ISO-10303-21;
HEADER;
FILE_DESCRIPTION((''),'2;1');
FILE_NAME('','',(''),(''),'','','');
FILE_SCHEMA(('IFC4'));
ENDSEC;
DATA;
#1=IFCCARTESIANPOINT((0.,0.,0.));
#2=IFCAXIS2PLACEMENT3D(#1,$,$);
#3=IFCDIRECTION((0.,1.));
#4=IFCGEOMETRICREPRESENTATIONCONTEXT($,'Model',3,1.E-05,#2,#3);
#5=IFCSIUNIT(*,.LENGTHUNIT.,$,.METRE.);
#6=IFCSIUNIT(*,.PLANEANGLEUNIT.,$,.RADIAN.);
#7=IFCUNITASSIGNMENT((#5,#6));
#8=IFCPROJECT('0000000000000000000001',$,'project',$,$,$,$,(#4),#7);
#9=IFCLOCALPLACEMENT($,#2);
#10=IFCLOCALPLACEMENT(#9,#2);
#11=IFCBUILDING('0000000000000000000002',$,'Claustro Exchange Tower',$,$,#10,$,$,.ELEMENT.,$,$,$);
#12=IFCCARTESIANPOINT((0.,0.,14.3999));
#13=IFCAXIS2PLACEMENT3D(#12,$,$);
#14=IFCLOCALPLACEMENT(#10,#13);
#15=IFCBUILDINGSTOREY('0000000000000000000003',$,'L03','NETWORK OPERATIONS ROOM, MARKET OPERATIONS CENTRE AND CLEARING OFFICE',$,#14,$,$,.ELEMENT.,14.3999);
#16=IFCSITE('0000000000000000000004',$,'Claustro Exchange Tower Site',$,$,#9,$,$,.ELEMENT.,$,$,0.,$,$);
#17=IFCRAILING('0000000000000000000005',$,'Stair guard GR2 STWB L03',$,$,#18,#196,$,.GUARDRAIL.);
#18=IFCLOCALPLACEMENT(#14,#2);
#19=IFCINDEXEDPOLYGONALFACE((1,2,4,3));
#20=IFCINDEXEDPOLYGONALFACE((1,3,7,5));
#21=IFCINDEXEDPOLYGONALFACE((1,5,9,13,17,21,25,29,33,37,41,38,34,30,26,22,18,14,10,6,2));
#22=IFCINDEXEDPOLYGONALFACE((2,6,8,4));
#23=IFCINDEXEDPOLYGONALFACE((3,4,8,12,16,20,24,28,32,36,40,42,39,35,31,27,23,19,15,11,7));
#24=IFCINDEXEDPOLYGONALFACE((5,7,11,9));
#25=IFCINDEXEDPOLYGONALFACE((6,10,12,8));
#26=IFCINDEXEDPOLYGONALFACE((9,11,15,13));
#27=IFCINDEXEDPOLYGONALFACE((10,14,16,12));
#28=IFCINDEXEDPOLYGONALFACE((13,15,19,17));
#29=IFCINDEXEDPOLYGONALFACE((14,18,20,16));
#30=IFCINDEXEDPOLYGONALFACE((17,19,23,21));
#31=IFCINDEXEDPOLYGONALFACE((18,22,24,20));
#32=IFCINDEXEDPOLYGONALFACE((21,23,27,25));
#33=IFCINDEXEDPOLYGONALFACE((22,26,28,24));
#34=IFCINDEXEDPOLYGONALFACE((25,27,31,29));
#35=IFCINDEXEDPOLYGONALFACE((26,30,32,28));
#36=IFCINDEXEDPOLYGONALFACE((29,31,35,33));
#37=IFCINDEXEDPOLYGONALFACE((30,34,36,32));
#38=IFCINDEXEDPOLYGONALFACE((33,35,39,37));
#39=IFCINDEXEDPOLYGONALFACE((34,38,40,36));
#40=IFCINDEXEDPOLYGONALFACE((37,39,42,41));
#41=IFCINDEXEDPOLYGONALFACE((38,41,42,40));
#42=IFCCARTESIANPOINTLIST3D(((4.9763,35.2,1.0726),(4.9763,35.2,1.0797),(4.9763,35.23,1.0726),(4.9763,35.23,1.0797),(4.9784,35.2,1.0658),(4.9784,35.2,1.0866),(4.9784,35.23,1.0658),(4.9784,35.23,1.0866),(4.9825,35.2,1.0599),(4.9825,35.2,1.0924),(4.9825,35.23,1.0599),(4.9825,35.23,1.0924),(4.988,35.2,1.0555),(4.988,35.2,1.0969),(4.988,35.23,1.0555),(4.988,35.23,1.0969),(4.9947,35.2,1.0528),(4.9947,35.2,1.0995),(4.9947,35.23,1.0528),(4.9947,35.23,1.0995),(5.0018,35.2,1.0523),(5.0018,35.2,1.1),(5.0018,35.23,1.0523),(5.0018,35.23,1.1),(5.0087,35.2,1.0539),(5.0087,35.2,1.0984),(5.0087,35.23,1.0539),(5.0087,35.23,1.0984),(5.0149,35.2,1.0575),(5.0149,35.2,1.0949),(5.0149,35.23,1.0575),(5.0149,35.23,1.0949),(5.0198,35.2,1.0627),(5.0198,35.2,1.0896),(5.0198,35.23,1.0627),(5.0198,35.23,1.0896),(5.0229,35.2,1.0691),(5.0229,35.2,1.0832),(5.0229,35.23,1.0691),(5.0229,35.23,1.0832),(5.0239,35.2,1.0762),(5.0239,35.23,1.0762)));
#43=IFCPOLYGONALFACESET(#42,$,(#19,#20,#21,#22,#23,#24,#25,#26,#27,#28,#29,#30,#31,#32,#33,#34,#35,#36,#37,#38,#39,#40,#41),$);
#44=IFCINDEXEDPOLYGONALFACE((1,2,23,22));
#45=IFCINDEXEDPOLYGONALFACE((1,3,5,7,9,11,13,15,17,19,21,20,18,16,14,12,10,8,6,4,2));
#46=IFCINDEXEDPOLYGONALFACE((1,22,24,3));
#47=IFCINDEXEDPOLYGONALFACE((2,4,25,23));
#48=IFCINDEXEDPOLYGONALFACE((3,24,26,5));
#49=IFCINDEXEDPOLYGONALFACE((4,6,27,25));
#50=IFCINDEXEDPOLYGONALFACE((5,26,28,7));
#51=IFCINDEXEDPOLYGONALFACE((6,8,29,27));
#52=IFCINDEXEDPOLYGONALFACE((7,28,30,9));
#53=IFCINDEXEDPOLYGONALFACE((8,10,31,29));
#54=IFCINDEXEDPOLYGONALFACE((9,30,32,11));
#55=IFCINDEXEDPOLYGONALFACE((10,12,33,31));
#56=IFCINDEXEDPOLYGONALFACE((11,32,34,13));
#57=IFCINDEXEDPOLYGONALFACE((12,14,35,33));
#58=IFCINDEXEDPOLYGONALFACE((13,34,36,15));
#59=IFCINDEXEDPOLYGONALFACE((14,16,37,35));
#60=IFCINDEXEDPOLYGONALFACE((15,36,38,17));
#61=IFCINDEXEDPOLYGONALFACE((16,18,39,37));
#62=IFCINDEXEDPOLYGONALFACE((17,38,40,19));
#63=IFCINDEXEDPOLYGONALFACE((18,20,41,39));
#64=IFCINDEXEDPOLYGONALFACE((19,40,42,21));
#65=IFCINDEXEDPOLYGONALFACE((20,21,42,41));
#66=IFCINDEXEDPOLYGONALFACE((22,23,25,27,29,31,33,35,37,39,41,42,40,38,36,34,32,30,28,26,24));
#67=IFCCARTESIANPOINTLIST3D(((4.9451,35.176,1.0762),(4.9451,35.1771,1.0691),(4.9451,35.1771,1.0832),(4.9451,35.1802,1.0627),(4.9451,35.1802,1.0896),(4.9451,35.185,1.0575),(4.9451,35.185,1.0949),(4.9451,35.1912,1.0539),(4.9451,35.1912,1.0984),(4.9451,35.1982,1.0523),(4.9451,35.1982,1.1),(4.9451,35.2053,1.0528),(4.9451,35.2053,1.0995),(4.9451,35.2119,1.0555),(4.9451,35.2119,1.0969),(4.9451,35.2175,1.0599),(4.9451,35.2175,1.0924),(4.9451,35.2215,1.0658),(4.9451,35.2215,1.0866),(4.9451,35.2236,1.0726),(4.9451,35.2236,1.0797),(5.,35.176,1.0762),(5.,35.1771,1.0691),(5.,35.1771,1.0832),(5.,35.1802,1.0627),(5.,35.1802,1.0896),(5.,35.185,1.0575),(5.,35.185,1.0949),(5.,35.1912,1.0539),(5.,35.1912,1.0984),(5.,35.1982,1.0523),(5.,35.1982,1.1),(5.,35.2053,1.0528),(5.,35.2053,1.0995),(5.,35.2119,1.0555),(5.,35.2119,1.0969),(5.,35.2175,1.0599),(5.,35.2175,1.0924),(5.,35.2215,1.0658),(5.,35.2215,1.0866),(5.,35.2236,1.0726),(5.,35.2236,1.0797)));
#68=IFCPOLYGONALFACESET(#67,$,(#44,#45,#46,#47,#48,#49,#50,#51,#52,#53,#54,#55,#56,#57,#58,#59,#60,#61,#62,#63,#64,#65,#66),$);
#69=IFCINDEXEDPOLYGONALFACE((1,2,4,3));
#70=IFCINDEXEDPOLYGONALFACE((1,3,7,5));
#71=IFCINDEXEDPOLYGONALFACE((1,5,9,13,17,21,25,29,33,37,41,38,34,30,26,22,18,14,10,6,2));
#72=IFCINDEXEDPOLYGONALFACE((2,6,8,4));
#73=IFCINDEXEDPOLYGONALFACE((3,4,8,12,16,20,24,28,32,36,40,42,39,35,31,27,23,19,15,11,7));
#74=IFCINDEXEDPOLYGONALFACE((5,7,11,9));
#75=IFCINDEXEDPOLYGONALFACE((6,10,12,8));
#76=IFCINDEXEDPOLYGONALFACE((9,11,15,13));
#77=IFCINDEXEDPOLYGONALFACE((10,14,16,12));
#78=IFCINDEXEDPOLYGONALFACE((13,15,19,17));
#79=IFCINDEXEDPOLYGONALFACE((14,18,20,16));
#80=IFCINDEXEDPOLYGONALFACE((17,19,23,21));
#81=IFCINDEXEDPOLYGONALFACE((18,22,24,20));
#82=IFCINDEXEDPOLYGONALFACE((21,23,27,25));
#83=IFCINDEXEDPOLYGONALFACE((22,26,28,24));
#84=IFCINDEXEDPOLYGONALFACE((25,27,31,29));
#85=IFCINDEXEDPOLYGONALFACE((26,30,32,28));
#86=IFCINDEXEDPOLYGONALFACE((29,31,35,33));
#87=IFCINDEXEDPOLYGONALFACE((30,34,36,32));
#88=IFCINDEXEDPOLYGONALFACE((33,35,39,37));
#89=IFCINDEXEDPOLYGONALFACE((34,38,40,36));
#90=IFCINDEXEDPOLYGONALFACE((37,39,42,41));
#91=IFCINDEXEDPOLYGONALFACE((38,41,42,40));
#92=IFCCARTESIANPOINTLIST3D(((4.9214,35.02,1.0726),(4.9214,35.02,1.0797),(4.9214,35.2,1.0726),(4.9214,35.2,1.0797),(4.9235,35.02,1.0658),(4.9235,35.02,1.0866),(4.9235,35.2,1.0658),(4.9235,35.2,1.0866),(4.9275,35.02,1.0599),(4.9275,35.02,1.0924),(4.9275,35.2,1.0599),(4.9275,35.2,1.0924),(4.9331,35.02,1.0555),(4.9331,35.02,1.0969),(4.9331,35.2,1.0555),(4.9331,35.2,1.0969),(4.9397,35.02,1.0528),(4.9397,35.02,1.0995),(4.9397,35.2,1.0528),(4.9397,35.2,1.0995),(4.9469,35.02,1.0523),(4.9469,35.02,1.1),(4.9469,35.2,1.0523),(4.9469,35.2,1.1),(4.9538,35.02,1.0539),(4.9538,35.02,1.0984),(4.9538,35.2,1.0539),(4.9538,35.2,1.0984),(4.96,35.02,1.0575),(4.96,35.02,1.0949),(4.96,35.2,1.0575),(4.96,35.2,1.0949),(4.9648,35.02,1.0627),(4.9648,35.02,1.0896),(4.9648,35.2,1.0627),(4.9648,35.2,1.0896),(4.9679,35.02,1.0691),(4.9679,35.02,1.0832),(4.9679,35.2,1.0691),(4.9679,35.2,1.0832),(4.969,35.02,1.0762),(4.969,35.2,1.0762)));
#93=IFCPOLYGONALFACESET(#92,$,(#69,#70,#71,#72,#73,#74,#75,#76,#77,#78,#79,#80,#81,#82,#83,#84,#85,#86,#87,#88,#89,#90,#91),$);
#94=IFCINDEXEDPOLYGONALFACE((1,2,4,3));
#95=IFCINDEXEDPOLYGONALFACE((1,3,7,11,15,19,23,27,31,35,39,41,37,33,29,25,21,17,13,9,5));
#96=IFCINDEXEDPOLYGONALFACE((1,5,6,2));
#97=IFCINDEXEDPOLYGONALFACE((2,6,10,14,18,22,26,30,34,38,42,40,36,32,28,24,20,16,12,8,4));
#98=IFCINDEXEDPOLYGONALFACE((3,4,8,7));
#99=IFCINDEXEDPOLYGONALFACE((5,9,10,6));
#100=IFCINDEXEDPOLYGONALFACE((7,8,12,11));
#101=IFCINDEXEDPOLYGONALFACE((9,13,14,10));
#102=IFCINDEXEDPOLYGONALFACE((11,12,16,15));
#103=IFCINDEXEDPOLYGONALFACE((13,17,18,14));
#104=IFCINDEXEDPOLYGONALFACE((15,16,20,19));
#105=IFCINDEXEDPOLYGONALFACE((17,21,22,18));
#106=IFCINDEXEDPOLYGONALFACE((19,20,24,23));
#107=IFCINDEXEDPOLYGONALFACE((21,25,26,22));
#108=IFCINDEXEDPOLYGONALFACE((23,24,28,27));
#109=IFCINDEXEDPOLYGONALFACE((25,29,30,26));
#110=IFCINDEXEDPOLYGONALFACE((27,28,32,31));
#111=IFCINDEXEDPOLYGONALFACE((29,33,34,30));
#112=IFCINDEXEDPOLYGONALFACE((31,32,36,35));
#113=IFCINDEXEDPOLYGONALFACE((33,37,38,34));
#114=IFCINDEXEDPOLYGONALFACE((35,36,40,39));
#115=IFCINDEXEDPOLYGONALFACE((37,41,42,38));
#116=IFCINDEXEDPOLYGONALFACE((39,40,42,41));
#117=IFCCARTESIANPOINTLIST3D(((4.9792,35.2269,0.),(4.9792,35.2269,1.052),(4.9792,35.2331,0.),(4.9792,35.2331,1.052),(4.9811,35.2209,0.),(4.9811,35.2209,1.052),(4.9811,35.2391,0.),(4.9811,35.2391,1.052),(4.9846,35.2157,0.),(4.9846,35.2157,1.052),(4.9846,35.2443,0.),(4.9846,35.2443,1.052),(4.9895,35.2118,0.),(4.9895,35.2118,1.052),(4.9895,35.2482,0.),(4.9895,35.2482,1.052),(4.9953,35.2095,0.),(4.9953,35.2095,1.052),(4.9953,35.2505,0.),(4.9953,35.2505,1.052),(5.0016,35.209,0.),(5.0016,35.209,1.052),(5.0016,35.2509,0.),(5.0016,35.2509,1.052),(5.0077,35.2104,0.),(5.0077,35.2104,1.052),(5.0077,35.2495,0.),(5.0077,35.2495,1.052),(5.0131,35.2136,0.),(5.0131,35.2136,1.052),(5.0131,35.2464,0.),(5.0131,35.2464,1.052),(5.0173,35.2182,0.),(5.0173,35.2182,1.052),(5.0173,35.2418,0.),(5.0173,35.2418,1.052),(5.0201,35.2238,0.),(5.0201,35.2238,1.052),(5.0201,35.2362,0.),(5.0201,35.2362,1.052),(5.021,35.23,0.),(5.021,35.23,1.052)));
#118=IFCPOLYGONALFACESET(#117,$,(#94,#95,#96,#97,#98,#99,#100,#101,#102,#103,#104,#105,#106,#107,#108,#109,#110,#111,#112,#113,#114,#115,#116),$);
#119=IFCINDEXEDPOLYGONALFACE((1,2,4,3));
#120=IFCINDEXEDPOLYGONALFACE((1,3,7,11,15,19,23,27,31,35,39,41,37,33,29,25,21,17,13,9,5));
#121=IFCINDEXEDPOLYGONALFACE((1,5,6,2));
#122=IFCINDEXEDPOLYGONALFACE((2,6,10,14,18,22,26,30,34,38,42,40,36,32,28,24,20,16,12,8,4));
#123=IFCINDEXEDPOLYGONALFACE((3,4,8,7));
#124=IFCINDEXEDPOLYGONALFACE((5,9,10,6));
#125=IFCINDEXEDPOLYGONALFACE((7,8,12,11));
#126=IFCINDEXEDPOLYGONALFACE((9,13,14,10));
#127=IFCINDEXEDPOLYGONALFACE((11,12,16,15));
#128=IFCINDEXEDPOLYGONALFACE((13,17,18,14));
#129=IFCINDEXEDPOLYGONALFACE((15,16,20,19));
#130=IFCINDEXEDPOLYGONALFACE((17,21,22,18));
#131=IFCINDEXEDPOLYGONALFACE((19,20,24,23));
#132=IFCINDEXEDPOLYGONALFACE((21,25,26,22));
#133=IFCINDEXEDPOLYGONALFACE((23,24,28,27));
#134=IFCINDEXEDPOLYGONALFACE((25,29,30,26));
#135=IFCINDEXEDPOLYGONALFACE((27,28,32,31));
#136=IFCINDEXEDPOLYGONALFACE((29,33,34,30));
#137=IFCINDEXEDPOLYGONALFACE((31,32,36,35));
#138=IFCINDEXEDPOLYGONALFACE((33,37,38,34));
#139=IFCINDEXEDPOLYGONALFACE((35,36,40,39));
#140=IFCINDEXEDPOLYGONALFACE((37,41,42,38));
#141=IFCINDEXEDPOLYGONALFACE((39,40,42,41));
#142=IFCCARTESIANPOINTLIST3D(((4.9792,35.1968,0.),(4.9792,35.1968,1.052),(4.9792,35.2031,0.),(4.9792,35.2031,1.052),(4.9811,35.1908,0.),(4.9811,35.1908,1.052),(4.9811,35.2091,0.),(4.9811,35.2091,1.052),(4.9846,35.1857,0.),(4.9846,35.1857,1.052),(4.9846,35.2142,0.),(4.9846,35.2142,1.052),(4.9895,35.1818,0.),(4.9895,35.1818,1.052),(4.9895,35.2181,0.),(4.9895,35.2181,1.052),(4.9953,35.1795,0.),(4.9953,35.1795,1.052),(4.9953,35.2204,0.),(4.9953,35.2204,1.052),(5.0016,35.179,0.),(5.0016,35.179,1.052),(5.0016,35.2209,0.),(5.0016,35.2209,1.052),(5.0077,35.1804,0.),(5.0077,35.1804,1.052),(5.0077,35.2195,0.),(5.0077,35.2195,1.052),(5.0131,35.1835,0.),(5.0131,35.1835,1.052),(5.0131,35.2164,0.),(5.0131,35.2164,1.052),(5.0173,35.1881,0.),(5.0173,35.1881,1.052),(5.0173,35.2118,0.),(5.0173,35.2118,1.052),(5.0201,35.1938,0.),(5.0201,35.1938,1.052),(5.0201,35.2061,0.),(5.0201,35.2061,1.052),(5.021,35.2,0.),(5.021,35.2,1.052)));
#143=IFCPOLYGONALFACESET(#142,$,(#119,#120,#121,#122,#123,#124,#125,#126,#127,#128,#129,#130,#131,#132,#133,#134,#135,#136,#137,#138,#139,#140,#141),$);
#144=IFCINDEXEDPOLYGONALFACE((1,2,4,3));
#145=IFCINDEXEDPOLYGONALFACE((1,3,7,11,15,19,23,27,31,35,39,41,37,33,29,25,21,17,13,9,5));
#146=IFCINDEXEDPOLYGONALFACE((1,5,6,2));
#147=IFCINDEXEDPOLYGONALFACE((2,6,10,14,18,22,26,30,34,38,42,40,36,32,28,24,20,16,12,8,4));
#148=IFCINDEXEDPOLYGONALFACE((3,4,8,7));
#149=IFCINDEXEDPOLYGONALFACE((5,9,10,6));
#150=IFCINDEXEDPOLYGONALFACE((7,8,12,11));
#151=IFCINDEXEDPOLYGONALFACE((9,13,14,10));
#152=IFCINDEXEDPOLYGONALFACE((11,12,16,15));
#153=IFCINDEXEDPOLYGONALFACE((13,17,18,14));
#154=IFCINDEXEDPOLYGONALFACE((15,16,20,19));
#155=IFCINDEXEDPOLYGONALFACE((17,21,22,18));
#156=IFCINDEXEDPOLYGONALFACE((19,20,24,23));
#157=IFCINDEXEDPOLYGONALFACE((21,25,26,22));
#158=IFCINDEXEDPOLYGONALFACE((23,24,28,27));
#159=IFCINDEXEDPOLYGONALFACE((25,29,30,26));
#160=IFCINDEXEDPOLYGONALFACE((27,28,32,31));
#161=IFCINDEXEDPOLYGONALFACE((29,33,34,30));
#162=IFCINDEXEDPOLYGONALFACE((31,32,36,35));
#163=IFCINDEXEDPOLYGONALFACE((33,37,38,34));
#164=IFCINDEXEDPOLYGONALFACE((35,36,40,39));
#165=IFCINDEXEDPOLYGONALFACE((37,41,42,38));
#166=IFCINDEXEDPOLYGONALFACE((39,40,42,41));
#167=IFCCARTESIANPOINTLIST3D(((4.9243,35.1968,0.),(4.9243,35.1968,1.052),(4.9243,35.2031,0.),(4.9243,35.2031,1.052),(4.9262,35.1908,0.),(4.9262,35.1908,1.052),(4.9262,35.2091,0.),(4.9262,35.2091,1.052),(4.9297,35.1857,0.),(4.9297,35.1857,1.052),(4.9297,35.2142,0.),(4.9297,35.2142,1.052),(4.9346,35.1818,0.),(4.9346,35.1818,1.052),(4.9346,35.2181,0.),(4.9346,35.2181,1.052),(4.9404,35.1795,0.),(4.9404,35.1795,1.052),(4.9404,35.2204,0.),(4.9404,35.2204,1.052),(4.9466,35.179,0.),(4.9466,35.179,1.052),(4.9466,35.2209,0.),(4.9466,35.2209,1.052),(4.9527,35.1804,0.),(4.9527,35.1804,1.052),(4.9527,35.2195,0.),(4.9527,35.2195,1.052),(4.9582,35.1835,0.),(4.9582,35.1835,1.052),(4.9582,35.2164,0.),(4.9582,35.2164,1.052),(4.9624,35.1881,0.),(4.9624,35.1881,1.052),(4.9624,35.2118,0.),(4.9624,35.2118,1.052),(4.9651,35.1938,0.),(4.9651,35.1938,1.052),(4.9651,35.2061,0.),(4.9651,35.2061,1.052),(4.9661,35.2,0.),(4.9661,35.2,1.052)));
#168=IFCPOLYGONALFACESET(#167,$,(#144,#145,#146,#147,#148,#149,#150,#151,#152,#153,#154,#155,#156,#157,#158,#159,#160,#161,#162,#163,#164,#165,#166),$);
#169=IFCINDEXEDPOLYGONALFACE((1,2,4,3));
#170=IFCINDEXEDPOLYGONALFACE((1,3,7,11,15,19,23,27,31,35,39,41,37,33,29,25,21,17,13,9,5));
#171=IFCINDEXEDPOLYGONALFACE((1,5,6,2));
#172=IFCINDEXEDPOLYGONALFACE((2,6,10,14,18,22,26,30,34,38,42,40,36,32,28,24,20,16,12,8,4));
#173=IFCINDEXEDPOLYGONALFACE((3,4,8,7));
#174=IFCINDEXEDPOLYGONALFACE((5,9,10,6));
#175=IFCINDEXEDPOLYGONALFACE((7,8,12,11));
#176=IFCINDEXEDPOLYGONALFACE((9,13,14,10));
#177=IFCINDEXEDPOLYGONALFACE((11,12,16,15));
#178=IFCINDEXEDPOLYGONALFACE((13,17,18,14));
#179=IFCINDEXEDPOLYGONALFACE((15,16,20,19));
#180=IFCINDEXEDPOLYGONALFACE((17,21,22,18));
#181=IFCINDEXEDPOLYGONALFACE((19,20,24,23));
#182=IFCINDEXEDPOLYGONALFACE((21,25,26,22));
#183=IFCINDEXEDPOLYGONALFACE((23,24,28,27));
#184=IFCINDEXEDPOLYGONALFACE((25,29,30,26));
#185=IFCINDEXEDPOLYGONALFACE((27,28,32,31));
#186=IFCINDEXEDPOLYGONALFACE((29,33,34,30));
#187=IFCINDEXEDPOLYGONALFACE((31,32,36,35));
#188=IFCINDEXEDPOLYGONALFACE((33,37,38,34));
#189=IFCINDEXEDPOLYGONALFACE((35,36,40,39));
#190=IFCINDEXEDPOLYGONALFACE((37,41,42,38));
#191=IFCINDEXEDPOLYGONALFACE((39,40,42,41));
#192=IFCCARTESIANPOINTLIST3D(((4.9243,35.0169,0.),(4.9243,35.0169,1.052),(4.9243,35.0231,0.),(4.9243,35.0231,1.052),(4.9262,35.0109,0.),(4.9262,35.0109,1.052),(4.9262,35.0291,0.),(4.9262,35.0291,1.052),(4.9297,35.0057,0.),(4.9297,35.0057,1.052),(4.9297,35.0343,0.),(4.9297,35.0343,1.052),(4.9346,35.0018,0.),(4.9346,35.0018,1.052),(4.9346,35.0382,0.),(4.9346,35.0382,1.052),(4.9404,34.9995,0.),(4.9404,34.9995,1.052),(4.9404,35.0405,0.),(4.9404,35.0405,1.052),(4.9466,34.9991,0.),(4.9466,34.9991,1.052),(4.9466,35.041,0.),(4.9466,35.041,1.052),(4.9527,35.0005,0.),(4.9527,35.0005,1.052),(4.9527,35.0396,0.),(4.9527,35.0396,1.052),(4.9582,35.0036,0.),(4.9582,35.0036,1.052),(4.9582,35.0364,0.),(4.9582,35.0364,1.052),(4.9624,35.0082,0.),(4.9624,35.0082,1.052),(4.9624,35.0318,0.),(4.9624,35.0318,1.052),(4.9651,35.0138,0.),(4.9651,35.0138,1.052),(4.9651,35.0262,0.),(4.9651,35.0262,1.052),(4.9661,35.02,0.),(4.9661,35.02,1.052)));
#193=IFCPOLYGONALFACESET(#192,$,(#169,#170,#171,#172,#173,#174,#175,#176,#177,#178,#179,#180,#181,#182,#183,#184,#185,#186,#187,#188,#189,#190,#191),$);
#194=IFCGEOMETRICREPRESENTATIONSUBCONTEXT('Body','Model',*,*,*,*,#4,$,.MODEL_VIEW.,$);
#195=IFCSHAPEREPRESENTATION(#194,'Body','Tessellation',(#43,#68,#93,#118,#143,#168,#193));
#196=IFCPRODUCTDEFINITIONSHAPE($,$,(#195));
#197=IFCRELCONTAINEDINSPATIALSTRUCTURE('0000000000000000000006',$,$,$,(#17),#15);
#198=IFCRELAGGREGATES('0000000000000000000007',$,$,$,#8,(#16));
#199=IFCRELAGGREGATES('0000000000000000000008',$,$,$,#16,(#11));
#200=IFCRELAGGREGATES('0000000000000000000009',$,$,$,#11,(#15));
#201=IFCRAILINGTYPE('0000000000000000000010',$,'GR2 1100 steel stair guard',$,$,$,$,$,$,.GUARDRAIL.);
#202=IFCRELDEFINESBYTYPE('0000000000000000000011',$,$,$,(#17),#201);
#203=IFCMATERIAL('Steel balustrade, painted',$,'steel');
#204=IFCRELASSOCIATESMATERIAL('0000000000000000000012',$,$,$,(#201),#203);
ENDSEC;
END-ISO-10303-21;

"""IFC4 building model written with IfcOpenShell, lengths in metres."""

from ifc_helpers import new_model, si_unit, direction, frame, origin, origin_2d, place, context, subcontext, project, spatial, circle, extrude, material, type_object, element, save


model = new_model("IFC4")

# Units and contexts
model_context = context("Model", 3, precision=1e-05, world=origin(), true_north=direction((0.0, 1.0)))
body_context = subcontext(model_context, "Body", "Model", "MODEL_VIEW")
ifc_project = project(units=[si_unit("LENGTHUNIT", "METRE"), si_unit("PLANEANGLEUNIT", "RADIAN")], contexts=[model_context])

# Site, building, storey
site_placement = place(None, origin())
site = spatial("IfcSite", under=ifc_project, at=site_placement, Name="Claustro Exchange Tower Site", CompositionType="ELEMENT", RefElevation=0.0)
building_placement = place(site_placement, origin())
building = spatial("IfcBuilding", under=site, at=building_placement, Name="Claustro Exchange Tower", CompositionType="ELEMENT")
storey_placement = place(building_placement, frame((0.0, 0.0, 14.3999)))
storey = spatial("IfcBuildingStorey", under=building, at=storey_placement, Name="L03", Description="NETWORK OPERATIONS ROOM, MARKET OPERATIONS CENTRE AND CLEARING OFFICE", CompositionType="ELEMENT", Elevation=14.3999)

# Railing
ifc_material_1 = material(Name="Steel balustrade, painted", Category="steel")
railing_type_1 = type_object("IfcRailingType", Name="GR2 1100 steel stair guard", PredefinedType="GUARDRAIL", material=ifc_material_1)
railing_1_placement = place(storey_placement, frame((5.0, 35.23, 0.0)))
element("IfcRailing", 1, at=railing_1_placement, inside=storey, type_object=railing_type_1, Name="Stair guard GR2 STWB L03", PredefinedType="GUARDRAIL", context=body_context, shape_type="SweptSolid", body=[
    extrude(circle(Radius=0.0239, at=origin_2d()), frame((0.0, 0.0, 1.0762), z_axis=(0.0, -1.0, 0.0), x_axis=(1.0, 0.0, 0.0)), (0.0, 0.0, 1.0), 0.03),
    extrude(circle(Radius=0.0239, at=origin_2d()), frame((0.0, -0.03, 1.0762), z_axis=(-1.0, 0.0, 0.0), x_axis=(0.0, -1.0, 0.0)), (0.0, 0.0, 1.0), 0.0549),
    extrude(circle(Radius=0.0239, at=origin_2d()), frame((-0.0549, -0.03, 1.0762), z_axis=(0.0, -1.0, 0.0), x_axis=(1.0, 0.0, 0.0)), (0.0, 0.0, 1.0), 0.1799),
    extrude(circle(Radius=0.021, at=origin_2d()), origin(), (0.0, 0.0, 1.0), 1.052),
    extrude(circle(Radius=0.021, at=origin_2d()), frame((0.0, -0.03, 0.0)), (0.0, 0.0, 1.0), 1.052),
    extrude(circle(Radius=0.021, at=origin_2d()), frame((-0.0549, -0.03, 0.0)), (0.0, 0.0, 1.0), 1.052),
    extrude(circle(Radius=0.021, at=origin_2d()), frame((-0.0549, -0.21, 0.0)), (0.0, 0.0, 1.0), 1.052),
])

save(model, "model.ifc")
